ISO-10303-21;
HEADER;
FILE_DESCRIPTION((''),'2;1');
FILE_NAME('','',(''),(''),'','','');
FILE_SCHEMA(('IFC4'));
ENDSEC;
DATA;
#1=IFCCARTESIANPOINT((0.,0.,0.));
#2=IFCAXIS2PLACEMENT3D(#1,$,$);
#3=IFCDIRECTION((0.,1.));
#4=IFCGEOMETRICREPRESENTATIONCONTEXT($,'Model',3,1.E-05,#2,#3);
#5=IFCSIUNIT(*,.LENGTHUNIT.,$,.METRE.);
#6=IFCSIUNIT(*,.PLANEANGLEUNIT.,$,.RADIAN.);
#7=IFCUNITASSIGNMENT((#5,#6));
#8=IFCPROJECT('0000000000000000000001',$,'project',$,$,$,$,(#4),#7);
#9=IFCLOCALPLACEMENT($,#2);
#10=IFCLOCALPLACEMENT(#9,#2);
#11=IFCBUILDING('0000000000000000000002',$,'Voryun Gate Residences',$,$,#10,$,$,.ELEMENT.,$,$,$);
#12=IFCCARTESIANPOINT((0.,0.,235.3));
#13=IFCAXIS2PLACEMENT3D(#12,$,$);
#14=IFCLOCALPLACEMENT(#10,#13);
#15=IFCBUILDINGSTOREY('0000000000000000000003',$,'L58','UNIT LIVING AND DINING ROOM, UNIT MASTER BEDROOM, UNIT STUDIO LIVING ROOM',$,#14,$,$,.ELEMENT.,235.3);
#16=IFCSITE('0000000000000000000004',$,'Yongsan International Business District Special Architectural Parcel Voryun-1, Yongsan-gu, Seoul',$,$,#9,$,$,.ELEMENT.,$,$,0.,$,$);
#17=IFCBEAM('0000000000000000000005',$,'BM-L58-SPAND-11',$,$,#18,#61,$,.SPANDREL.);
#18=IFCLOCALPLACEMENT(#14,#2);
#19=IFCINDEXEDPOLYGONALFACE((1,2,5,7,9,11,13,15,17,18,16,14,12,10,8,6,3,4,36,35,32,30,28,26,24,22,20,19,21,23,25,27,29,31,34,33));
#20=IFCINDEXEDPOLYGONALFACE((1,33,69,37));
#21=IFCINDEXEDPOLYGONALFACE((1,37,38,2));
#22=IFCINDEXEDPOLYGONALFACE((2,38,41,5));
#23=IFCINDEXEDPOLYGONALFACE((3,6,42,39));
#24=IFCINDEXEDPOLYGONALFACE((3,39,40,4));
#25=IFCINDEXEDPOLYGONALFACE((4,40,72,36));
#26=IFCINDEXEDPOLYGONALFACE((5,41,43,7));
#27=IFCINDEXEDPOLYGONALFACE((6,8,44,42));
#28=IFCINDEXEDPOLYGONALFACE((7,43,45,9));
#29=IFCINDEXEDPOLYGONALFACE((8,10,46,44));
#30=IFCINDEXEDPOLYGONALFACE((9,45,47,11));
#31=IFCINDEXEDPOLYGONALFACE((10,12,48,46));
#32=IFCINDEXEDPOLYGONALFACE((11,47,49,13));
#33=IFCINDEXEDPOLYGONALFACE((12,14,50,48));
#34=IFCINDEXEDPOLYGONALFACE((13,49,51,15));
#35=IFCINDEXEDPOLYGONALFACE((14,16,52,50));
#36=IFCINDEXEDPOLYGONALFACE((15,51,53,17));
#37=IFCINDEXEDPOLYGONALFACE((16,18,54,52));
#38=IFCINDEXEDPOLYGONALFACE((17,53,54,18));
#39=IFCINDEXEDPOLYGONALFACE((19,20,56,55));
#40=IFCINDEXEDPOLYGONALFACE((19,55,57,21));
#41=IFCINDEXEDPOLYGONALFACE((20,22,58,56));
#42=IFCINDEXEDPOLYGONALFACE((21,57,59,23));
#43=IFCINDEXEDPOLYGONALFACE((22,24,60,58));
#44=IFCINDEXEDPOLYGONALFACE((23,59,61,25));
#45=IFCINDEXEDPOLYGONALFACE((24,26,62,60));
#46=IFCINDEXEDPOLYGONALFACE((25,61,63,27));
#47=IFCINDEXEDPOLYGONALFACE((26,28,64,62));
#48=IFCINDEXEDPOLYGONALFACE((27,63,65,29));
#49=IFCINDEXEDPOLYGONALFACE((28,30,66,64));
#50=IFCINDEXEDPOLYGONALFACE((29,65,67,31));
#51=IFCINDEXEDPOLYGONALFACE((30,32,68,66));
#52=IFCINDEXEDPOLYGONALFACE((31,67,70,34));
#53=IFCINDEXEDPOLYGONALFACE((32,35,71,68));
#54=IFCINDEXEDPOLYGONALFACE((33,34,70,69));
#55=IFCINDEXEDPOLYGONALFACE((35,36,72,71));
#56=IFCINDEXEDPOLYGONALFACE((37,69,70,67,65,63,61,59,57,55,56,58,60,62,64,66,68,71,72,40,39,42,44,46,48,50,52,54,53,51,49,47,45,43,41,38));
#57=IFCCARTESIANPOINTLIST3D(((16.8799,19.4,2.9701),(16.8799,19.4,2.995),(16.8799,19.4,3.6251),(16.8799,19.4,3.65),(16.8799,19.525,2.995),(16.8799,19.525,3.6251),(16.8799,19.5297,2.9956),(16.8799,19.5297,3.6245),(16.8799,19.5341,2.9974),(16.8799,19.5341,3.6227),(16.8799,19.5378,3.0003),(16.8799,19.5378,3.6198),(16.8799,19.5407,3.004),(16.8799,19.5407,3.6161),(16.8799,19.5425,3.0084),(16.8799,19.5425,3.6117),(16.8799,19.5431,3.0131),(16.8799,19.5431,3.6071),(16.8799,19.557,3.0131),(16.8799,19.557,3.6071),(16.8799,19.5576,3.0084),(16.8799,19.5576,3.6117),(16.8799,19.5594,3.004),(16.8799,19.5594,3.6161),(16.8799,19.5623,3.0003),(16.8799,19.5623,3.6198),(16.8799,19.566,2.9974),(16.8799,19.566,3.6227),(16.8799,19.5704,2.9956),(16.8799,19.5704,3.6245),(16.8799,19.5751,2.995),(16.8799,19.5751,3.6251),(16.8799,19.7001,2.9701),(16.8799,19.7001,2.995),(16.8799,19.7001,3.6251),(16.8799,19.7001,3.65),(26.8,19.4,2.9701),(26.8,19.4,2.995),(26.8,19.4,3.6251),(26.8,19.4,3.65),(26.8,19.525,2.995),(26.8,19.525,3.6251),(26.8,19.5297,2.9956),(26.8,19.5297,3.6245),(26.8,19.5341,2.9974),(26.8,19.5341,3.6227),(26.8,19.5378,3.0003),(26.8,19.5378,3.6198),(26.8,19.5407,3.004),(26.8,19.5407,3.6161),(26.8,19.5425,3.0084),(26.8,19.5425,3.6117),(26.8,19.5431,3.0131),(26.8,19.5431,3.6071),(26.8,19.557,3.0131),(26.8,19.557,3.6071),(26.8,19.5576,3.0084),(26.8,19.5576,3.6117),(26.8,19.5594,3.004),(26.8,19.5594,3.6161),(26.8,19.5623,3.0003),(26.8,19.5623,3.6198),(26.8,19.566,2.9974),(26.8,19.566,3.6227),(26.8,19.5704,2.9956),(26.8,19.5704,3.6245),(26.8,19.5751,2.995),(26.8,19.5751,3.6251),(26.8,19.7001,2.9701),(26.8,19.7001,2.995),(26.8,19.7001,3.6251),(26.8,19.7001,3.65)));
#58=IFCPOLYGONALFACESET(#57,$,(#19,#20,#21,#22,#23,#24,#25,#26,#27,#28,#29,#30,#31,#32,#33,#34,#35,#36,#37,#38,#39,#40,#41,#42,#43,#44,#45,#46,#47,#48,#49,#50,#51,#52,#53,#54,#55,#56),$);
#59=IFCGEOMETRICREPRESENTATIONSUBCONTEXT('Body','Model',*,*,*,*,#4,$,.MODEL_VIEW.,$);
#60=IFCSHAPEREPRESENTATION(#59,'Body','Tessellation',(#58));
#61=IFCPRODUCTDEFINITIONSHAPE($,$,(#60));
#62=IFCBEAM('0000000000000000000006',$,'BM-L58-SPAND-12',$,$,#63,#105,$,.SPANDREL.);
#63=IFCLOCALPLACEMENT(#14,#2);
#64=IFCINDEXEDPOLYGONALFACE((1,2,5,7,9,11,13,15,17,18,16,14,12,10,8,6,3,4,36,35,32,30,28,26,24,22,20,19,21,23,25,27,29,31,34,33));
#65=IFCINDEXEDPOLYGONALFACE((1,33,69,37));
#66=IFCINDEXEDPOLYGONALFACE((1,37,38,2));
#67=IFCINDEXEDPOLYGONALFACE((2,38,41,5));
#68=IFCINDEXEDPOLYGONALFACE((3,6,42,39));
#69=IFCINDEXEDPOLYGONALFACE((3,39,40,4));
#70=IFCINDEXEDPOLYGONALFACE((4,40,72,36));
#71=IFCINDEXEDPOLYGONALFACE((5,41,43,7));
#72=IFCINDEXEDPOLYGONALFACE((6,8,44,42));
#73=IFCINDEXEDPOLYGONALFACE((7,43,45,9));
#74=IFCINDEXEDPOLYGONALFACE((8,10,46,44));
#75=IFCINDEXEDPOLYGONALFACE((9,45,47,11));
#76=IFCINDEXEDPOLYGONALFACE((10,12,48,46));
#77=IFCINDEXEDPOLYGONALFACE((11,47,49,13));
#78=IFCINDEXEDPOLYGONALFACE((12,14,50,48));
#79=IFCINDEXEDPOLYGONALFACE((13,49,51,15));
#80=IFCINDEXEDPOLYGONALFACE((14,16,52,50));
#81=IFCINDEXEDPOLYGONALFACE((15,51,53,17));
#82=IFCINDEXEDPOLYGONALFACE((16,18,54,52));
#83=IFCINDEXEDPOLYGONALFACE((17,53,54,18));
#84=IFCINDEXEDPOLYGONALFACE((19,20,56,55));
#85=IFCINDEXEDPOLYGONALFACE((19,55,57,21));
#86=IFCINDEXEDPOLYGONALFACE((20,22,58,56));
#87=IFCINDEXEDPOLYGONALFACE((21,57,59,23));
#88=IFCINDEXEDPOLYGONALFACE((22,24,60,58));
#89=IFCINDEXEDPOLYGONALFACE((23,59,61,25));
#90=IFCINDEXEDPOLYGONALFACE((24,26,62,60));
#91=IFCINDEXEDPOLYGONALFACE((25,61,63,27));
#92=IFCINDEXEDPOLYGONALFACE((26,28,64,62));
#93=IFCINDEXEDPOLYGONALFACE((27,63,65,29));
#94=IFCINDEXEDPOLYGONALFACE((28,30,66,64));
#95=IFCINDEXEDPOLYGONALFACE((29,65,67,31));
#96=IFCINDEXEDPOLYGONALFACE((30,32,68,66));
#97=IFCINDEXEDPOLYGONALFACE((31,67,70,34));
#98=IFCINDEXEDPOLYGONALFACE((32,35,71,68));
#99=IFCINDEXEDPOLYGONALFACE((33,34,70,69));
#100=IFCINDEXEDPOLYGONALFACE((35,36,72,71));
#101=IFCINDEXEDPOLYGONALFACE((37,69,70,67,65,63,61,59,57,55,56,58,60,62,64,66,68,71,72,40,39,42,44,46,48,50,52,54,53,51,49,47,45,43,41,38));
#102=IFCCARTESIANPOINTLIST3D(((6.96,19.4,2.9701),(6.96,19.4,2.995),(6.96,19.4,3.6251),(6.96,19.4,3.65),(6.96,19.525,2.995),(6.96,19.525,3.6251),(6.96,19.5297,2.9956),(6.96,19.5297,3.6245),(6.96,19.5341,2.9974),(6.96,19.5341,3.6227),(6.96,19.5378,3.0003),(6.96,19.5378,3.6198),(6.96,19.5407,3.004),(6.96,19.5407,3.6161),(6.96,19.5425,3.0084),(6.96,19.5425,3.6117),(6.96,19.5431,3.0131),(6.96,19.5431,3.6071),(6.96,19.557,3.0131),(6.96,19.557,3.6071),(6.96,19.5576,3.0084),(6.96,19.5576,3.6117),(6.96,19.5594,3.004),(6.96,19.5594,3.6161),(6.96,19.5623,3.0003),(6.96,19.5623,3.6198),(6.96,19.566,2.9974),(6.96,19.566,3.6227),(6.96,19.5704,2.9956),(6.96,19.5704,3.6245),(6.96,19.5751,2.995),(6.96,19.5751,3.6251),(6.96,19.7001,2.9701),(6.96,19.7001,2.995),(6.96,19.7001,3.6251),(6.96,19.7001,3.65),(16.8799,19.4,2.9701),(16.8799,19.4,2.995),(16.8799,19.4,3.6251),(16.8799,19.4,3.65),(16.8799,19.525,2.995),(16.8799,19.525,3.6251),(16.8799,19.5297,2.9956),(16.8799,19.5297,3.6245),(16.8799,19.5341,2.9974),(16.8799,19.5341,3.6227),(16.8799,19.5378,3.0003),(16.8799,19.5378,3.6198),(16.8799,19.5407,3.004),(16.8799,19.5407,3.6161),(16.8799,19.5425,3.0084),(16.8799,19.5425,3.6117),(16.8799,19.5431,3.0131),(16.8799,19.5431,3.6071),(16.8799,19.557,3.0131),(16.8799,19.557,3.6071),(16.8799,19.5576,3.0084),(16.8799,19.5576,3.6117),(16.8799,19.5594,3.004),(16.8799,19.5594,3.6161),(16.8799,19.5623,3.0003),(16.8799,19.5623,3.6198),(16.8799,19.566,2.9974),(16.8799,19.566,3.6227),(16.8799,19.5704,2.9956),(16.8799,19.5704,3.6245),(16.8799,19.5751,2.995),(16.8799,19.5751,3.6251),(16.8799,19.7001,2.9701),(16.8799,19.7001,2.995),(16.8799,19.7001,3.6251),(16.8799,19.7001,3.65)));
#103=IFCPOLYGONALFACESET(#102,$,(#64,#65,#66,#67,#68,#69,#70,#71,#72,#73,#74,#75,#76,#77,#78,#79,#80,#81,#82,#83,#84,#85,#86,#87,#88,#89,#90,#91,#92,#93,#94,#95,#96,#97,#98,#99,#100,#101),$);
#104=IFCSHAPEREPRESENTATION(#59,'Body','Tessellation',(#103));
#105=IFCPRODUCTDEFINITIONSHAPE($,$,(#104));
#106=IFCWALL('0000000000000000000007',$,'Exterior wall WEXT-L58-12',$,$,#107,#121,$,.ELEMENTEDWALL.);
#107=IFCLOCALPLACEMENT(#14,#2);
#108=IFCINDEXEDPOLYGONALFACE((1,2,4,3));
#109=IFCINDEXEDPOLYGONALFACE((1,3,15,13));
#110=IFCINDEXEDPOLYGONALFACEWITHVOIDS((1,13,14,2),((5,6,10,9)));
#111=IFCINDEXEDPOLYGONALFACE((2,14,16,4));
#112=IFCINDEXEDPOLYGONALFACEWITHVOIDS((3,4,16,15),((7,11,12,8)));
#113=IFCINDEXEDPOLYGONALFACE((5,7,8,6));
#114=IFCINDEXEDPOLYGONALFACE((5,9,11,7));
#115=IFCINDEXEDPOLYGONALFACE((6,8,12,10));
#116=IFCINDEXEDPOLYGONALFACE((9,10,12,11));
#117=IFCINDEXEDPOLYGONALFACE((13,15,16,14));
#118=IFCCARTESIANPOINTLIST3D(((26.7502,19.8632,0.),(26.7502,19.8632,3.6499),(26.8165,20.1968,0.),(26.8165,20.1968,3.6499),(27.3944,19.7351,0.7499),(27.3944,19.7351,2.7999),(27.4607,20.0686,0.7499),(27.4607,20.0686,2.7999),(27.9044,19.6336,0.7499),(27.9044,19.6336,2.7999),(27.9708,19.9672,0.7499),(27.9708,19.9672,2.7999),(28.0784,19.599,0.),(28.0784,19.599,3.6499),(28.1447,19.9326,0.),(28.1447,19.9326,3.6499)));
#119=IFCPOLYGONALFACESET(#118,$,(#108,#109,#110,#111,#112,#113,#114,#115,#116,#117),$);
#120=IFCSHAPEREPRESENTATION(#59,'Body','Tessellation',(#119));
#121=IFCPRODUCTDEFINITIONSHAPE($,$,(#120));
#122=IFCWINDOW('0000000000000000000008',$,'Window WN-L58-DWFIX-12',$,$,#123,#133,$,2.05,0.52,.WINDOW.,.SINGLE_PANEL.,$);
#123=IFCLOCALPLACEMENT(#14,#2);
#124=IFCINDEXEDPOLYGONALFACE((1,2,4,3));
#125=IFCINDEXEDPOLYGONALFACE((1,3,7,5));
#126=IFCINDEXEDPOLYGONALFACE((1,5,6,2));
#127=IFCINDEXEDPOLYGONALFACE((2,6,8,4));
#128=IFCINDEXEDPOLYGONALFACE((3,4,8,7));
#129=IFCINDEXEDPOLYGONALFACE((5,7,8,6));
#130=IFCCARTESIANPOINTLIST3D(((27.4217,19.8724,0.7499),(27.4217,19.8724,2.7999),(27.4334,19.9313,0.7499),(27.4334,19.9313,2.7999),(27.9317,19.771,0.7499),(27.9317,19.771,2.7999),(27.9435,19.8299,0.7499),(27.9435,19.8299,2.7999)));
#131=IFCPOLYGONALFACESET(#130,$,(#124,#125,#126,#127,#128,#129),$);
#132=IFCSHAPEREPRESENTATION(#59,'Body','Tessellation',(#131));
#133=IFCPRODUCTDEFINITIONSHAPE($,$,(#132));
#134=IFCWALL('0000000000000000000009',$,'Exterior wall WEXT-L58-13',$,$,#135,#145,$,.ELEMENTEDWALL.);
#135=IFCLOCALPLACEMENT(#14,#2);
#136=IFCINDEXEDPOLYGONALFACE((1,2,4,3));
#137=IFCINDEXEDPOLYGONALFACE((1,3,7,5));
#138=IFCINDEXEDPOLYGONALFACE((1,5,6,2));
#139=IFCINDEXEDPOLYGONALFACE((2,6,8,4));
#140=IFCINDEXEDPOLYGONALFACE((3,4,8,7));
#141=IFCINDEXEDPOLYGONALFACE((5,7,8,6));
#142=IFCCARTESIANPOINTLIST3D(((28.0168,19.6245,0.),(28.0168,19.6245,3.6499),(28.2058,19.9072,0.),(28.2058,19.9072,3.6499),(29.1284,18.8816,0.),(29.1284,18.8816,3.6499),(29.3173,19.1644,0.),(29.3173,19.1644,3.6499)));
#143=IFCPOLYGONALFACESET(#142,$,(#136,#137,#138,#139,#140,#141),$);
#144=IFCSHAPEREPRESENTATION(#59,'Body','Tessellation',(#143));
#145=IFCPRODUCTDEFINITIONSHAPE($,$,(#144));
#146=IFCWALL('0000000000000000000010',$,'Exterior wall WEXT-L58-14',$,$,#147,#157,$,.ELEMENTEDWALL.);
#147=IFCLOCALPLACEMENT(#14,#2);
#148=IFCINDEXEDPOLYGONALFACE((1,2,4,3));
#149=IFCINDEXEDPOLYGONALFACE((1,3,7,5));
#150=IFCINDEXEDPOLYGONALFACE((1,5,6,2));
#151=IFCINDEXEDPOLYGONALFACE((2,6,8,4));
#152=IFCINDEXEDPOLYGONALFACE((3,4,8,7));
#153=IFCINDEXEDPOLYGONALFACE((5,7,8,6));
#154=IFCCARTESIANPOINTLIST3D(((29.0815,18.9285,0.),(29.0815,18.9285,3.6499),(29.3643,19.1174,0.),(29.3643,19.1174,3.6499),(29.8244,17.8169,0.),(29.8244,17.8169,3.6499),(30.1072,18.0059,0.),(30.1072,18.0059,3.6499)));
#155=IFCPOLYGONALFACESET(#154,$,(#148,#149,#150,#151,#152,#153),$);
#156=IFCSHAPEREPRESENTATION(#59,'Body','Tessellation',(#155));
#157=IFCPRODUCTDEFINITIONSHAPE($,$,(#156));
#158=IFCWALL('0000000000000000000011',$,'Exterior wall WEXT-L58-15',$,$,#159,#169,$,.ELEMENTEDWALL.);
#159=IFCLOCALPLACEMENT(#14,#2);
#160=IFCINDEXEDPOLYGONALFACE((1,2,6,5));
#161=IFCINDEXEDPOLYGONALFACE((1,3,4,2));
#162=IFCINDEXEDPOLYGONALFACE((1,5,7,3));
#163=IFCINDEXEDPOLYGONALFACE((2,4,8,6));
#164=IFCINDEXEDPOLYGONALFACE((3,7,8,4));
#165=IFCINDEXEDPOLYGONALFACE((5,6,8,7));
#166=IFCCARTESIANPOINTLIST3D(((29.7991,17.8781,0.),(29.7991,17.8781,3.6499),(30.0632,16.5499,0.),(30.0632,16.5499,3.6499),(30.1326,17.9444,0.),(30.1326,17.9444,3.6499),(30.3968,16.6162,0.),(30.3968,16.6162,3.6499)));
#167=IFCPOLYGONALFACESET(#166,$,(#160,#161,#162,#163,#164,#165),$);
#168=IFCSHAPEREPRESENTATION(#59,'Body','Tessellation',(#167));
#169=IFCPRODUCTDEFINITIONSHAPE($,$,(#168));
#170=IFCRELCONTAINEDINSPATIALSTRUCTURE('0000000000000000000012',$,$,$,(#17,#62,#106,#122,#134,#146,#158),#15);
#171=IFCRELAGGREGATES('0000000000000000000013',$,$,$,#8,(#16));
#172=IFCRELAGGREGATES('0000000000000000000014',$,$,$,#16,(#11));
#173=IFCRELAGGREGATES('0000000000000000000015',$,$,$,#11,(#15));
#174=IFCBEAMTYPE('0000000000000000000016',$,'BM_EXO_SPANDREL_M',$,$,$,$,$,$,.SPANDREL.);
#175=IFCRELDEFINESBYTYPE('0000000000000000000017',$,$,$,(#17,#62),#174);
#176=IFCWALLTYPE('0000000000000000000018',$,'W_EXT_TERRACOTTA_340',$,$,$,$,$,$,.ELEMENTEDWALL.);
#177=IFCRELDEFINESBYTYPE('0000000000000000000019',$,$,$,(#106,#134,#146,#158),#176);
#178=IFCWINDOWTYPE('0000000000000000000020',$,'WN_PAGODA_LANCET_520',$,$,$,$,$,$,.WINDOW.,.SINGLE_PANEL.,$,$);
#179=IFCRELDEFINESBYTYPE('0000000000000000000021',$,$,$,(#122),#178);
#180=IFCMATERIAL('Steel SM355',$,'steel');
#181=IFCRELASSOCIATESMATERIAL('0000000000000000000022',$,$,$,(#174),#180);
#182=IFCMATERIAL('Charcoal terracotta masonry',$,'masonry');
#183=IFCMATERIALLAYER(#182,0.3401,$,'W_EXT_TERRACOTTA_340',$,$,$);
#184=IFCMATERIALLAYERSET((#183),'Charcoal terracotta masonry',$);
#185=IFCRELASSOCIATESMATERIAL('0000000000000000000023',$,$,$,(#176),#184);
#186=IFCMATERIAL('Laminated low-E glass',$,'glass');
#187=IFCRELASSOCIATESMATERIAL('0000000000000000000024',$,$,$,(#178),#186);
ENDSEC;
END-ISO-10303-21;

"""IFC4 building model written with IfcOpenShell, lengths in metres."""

from ifc_helpers import new_model, si_unit, direction, frame, frame_2d, origin, origin_2d, place, context, subcontext, project, spatial, rectangle, i_section, extrude, material, layer, layer_set, material_profile, profile_set, type_object, element, fill, save


model = new_model("IFC4")

# Units and contexts
model_context = context("Model", 3, precision=1e-05, world=origin(), true_north=direction((0.0, 1.0)))
body_context = subcontext(model_context, "Body", "Model", "MODEL_VIEW")
ifc_project = project(units=[si_unit("LENGTHUNIT", "METRE"), si_unit("PLANEANGLEUNIT", "RADIAN")], contexts=[model_context])

# Site, building, storey
site_placement = place(None, origin())
site = spatial("IfcSite", under=ifc_project, at=site_placement, Name="Yongsan International Business District Special Architectural Parcel Voryun-1, Yongsan-gu, Seoul", CompositionType="ELEMENT", RefElevation=0.0)
building_placement = place(site_placement, origin())
building = spatial("IfcBuilding", under=site, at=building_placement, Name="Voryun Gate Residences", CompositionType="ELEMENT")
storey_placement = place(building_placement, frame((0.0, 0.0, 235.3)))
storey = spatial("IfcBuildingStorey", under=building, at=storey_placement, Name="L58", Description="UNIT LIVING AND DINING ROOM, UNIT MASTER BEDROOM, UNIT STUDIO LIVING ROOM", CompositionType="ELEMENT", Elevation=235.3)

# Beams
ifc_material_1 = material(Name="Steel SM355", Category="steel")
ifc_material_profile_1 = material_profile(ifc_material_1, i_section(OverallWidth=0.3, OverallDepth=0.6799, WebThickness=0.0139, FlangeThickness=0.0249, FilletRadius=0.0181, at=origin_2d()), Name="H-680x300x14x25")
ifc_profile_set_1 = profile_set([ifc_material_profile_1], Name="Steel SM355")
beam_type = type_object("IfcBeamType", Name="BM_EXO_SPANDREL_M", PredefinedType="SPANDREL", material=ifc_profile_set_1)
beam_1_placement = place(storey_placement, frame((26.8, 19.55, 3.3101), z_axis=(-1.0, 0.0, 0.0), x_axis=(0.0, -1.0, 0.0)))
element("IfcBeam", 1, at=beam_1_placement, inside=storey, type_object=beam_type, Name="BM-L58-SPAND-11", PredefinedType="SPANDREL", context=body_context, shape_type="SweptSolid", body=[
    extrude(i_section(OverallWidth=0.3, OverallDepth=0.6799, WebThickness=0.0139, FlangeThickness=0.0249, FilletRadius=0.0181, at=origin_2d()), origin(), (0.0, 0.0, 1.0), 9.9202),
])
beam_2_placement = place(storey_placement, frame((16.8799, 19.55, 3.3101), z_axis=(-1.0, 0.0, 0.0), x_axis=(0.0, -1.0, 0.0)))
element("IfcBeam", 2, at=beam_2_placement, inside=storey, type_object=beam_type, Name="BM-L58-SPAND-12", PredefinedType="SPANDREL", context=body_context, shape_type="SweptSolid", body=[
    extrude(i_section(OverallWidth=0.3, OverallDepth=0.6799, WebThickness=0.0139, FlangeThickness=0.0249, FilletRadius=0.0181, at=origin_2d()), origin(), (0.0, 0.0, 1.0), 9.9199),
])

# Wall, opening, window
ifc_material_2 = material(Name="Charcoal terracotta masonry", Category="masonry")
ifc_layer_1 = layer(ifc_material_2, 0.3401, Name="W_EXT_TERRACOTTA_340")
ifc_layer_set_1 = layer_set([ifc_layer_1], Name="Charcoal terracotta masonry")
wall_type_1 = type_object("IfcWallType", Name="W_EXT_TERRACOTTA_340", PredefinedType="ELEMENTEDWALL", material=ifc_layer_set_1)
wall_1_placement = place(storey_placement, frame((26.7832, 20.03, 0.0), z_axis=(0.0, 0.0, 1.0), x_axis=(0.980788, -0.195076, 0.0)))
wall_1 = element("IfcWall", 3, at=wall_1_placement, inside=storey, type_object=wall_type_1, Name="Exterior wall WEXT-L58-12", PredefinedType="ELEMENTEDWALL", context=body_context, shape_type="SweptSolid", body=[
    extrude(rectangle(XDim=1.3542, YDim=0.3401, at=frame_2d((0.6772, 0.0))), origin(), (0.0, 0.0, 1.0), 3.6499),
])
opening_1_placement = place(wall_1_placement, frame((0.657, 0.0, 0.75)))
opening_1 = element("IfcOpeningElement", 4, at=opening_1_placement, cuts=wall_1, PredefinedType="OPENING", context=body_context, shape_type="SweptSolid", body=[
    extrude(rectangle(XDim=0.52, YDim=2.05, at=frame_2d((0.26, 1.0249))), frame((0.0, 0.1799, 0.0), z_axis=(0.0, -1.0, 0.0), x_axis=(1.0, 0.0, 0.0)), (0.0, 0.0, 1.0), 0.3601),
])
ifc_material_3 = material(Name="Laminated low-E glass", Category="glass")
window_type_1 = type_object("IfcWindowType", Name="WN_PAGODA_LANCET_520", PartitioningType="SINGLE_PANEL", PredefinedType="WINDOW", material=ifc_material_3)
window_1_placement = place(opening_1_placement, origin())
window_1 = element("IfcWindow", 5, at=window_1_placement, inside=storey, type_object=window_type_1, Name="Window WN-L58-DWFIX-12", OverallHeight=2.05, OverallWidth=0.52, PartitioningType="SINGLE_PANEL", PredefinedType="WINDOW", context=body_context, shape_type="SweptSolid", body=[
    extrude(rectangle(XDim=0.52, YDim=2.05, at=frame_2d((0.26, 1.0249))), frame((0.0, 0.03, 0.0), z_axis=(0.0, -1.0, 0.0), x_axis=(1.0, 0.0, 0.0)), (0.0, 0.0, 1.0), 0.0601),
])
fill(opening_1, window_1)

# Walls
for number, where, z_axis, x_axis, name in (
    (6, (28.1113, 19.7659, 0.0), (0.0, 0.0, 1.0), (0.831404, -0.555669, 0.0), "Exterior wall WEXT-L58-13"),
    (7, (29.2229, 19.0229, 0.0), (0.0, 0.0, 1.0), (0.555669, -0.831404, 0.0), "Exterior wall WEXT-L58-14"),
):
    element("IfcWall", number, at=place(storey_placement, frame(where, z_axis=z_axis, x_axis=x_axis)), inside=storey, type_object=wall_type_1, Name=name, PredefinedType="ELEMENTEDWALL", context=body_context, shape_type="SweptSolid", body=[
        extrude(rectangle(XDim=1.3369, YDim=0.3401, at=frame_2d((0.6685, 0.0))), origin(), (0.0, 0.0, 1.0), 3.6499),
    ])
wall_2_placement = place(storey_placement, frame((29.9658, 17.9114, 0.0), z_axis=(0.0, 0.0, 1.0), x_axis=(0.195076, -0.980788, 0.0)))
element("IfcWall", 8, at=wall_2_placement, inside=storey, type_object=wall_type_1, Name="Exterior wall WEXT-L58-15", PredefinedType="ELEMENTEDWALL", context=body_context, shape_type="SweptSolid", body=[
    extrude(rectangle(XDim=1.3542, YDim=0.3401, at=frame_2d((0.6772, 0.0))), origin(), (0.0, 0.0, 1.0), 3.6499),
])

save(model, "model.ifc")
